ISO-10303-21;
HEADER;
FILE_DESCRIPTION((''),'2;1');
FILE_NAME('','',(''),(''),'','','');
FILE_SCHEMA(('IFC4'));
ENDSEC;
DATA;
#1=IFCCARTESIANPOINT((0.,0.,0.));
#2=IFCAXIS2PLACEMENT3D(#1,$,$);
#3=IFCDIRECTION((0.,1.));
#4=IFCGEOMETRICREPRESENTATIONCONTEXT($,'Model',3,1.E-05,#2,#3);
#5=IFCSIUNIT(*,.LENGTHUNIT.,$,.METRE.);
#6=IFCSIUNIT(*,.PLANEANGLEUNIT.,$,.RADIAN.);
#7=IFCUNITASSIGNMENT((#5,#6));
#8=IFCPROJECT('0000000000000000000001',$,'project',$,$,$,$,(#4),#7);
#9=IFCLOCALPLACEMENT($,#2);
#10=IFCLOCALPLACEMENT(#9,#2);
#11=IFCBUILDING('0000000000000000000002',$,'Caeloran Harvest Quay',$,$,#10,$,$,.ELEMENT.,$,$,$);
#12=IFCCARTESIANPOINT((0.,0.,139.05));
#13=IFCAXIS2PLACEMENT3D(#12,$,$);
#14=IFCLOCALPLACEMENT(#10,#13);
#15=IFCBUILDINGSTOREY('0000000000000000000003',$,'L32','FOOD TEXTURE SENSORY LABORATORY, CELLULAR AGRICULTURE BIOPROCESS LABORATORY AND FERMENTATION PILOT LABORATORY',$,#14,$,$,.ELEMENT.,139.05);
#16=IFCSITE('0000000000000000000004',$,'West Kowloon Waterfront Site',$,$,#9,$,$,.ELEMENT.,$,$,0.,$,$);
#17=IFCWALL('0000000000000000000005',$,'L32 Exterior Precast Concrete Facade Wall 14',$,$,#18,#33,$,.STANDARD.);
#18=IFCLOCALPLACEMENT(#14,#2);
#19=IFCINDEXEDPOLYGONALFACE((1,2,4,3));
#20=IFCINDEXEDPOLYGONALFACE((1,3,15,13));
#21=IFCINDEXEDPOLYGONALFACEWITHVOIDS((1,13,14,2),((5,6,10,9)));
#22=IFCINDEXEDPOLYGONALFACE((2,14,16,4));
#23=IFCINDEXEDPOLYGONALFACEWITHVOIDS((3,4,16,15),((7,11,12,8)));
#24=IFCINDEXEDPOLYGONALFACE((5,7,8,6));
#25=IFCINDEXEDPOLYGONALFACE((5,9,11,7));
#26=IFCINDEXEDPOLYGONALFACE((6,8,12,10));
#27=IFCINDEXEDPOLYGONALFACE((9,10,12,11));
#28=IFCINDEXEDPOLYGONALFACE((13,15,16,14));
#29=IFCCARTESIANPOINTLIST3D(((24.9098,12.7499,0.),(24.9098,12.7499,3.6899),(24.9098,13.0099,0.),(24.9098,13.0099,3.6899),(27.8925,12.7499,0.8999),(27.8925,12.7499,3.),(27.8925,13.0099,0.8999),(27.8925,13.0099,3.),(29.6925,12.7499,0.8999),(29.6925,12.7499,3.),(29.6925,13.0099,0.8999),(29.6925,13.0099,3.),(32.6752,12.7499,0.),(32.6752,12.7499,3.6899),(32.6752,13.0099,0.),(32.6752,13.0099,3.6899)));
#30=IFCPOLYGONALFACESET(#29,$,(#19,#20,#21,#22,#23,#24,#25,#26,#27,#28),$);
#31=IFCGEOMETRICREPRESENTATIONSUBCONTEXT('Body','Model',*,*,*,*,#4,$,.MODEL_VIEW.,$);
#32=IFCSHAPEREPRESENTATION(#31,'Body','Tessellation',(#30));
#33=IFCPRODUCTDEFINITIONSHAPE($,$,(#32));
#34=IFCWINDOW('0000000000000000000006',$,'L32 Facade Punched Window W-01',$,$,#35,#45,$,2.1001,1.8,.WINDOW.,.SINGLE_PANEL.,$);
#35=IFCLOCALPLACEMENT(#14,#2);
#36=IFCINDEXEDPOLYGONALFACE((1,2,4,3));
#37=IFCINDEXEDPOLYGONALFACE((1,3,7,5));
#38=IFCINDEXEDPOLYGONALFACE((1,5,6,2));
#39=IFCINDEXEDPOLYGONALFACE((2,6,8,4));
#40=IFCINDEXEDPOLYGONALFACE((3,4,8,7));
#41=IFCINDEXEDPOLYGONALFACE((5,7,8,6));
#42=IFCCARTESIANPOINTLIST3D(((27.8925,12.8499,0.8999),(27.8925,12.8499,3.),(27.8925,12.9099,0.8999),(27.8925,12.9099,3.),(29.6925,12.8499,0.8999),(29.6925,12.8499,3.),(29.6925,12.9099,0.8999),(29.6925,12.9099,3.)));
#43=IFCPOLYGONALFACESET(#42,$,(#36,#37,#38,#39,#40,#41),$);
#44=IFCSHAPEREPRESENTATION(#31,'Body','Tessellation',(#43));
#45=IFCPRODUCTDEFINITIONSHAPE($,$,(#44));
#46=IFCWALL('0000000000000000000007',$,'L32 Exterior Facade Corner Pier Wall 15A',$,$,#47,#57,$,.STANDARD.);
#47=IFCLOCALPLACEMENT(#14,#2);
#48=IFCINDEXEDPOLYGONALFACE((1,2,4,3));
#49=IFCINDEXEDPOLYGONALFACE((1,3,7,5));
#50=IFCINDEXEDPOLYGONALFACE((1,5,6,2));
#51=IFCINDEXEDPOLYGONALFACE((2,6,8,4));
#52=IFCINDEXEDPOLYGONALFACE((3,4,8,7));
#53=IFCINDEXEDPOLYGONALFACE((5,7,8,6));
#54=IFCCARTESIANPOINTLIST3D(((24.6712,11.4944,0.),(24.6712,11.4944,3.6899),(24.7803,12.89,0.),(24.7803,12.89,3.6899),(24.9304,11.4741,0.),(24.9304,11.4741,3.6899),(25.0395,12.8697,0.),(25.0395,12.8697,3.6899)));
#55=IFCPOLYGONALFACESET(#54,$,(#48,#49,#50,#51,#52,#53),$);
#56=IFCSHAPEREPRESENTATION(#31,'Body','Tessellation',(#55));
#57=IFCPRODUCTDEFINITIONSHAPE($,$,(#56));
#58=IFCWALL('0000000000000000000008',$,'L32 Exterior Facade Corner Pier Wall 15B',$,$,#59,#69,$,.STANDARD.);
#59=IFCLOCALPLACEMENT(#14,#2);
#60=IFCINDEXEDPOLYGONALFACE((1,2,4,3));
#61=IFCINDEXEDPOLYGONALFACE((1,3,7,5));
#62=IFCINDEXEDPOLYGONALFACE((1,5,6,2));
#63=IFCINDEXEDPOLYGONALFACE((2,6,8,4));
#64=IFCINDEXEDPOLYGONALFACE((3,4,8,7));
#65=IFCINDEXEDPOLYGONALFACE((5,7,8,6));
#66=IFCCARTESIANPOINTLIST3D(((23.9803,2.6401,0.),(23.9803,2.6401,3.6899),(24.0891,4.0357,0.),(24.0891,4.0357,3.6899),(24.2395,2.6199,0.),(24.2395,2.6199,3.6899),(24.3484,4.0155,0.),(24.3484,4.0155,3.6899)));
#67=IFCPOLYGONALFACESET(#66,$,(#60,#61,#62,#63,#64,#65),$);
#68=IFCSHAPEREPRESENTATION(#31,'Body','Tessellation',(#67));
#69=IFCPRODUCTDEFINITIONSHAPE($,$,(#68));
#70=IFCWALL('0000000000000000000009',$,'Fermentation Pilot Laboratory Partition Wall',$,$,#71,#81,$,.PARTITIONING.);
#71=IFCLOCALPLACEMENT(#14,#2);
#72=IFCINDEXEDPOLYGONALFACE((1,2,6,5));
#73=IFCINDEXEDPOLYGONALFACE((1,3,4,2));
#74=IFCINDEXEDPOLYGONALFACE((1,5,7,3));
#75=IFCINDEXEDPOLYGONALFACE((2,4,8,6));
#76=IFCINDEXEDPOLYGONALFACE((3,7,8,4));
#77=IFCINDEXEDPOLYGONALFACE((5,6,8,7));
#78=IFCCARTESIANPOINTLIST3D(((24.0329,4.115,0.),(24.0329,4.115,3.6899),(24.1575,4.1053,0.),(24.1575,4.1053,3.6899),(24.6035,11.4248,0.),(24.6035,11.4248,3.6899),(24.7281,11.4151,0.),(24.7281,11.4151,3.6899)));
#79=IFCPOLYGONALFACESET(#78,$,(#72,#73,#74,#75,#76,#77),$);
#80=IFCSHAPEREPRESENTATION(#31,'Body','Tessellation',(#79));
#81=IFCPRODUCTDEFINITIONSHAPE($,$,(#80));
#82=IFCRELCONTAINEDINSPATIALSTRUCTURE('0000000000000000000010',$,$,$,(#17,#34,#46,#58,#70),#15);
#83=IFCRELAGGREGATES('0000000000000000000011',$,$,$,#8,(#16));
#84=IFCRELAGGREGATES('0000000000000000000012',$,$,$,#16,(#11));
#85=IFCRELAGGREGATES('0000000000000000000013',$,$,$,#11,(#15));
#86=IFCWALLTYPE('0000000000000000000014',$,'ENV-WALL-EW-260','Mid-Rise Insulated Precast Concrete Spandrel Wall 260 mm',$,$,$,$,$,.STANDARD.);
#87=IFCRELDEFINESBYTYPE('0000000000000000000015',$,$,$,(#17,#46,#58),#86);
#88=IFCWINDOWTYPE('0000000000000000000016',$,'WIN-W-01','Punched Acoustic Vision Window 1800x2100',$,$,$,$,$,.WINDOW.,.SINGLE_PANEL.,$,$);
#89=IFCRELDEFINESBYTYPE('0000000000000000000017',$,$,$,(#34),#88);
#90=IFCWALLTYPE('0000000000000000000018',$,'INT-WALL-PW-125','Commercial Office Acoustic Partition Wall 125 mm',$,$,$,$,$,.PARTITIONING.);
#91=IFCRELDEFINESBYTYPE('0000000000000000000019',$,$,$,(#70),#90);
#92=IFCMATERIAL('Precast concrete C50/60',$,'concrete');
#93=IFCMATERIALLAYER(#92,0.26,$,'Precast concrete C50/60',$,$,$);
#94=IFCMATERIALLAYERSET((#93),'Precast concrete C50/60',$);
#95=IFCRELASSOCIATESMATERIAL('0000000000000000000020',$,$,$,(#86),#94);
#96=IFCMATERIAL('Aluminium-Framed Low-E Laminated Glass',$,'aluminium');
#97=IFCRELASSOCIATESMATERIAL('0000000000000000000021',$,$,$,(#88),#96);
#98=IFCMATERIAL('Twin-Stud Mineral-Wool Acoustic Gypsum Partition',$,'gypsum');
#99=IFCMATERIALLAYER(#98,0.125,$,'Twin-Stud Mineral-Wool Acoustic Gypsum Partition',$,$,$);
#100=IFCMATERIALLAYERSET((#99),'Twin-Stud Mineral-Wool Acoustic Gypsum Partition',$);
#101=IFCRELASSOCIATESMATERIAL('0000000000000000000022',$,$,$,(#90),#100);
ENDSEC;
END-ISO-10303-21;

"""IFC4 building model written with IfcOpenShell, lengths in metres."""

from ifc_helpers import new_model, si_unit, direction, frame, frame_2d, origin, place, context, subcontext, project, spatial, rectangle, extrude, material, layer, layer_set, type_object, element, fill, save


model = new_model("IFC4")

# Units and contexts
model_context = context("Model", 3, precision=1e-05, world=origin(), true_north=direction((0.0, 1.0)))
body_context = subcontext(model_context, "Body", "Model", "MODEL_VIEW")
ifc_project = project(units=[si_unit("LENGTHUNIT", "METRE"), si_unit("PLANEANGLEUNIT", "RADIAN")], contexts=[model_context])

# Site, building, storey
site_placement = place(None, origin())
site = spatial("IfcSite", under=ifc_project, at=site_placement, Name="West Kowloon Waterfront Site", CompositionType="ELEMENT", RefElevation=0.0)
building_placement = place(site_placement, origin())
building = spatial("IfcBuilding", under=site, at=building_placement, Name="Caeloran Harvest Quay", CompositionType="ELEMENT")
storey_placement = place(building_placement, frame((0.0, 0.0, 139.05)))
storey = spatial("IfcBuildingStorey", under=building, at=storey_placement, Name="L32", Description="FOOD TEXTURE SENSORY LABORATORY, CELLULAR AGRICULTURE BIOPROCESS LABORATORY AND FERMENTATION PILOT LABORATORY", CompositionType="ELEMENT", Elevation=139.05)

# Wall, opening, window
ifc_material_1 = material(Name="Precast concrete C50/60", Category="concrete")
ifc_layer_1 = layer(ifc_material_1, 0.26, Name="Precast concrete C50/60")
ifc_layer_set_1 = layer_set([ifc_layer_1], Name="Precast concrete C50/60")
wall_type_1 = type_object("IfcWallType", Name="ENV-WALL-EW-260", Description="Mid-Rise Insulated Precast Concrete Spandrel Wall 260 mm", PredefinedType="STANDARD", material=ifc_layer_set_1)
wall_1_placement = place(storey_placement, frame((32.6753, 12.8799, 0.0), z_axis=(0.0, 0.0, 1.0), x_axis=(-1.0, 0.0, 0.0)))
wall_1 = element("IfcWall", 1, at=wall_1_placement, inside=storey, type_object=wall_type_1, Name="L32 Exterior Precast Concrete Facade Wall 14", PredefinedType="STANDARD", context=body_context, shape_type="SweptSolid", body=[
    extrude(rectangle(XDim=7.7654, YDim=0.26, at=frame_2d((3.8828, 0.0))), origin(), (0.0, 0.0, 1.0), 3.6899),
])
opening_placement = place(wall_1_placement, frame((2.9829, 0.0, 0.8999)))
opening = element("IfcOpeningElement", 2, at=opening_placement, cuts=wall_1, PredefinedType="OPENING", context=body_context, shape_type="SweptSolid", body=[
    extrude(rectangle(XDim=1.8, YDim=2.1001, at=frame_2d((0.8999, 1.05))), frame((0.0, 0.1401, 0.0), z_axis=(0.0, -1.0, 0.0), x_axis=(1.0, 0.0, 0.0)), (0.0, 0.0, 1.0), 0.28),
])
ifc_material_2 = material(Name="Aluminium-Framed Low-E Laminated Glass", Category="aluminium")
window_type = type_object("IfcWindowType", Name="WIN-W-01", Description="Punched Acoustic Vision Window 1800x2100", PartitioningType="SINGLE_PANEL", PredefinedType="WINDOW", material=ifc_material_2)
window_placement = place(opening_placement, origin())
window = element("IfcWindow", 3, at=window_placement, inside=storey, type_object=window_type, Name="L32 Facade Punched Window W-01", OverallHeight=2.1001, OverallWidth=1.8, PartitioningType="SINGLE_PANEL", PredefinedType="WINDOW", context=body_context, shape_type="SweptSolid", body=[
    extrude(rectangle(XDim=1.8, YDim=2.1001, at=frame_2d((0.8999, 1.05))), frame((0.0, 0.03, 0.0), z_axis=(0.0, -1.0, 0.0), x_axis=(1.0, 0.0, 0.0)), (0.0, 0.0, 1.0), 0.0601),
])
fill(opening, window)

# Walls
for number, where, z_axis, x_axis, name in (
    (4, (24.9099, 12.8799, 0.0), (0.0, 0.0, 1.0), (-0.07795, -0.996957, 0.0), "L32 Exterior Facade Corner Pier Wall 15A"),
    (5, (24.2188, 4.0256, 0.0), (0.0, 0.0, 1.0), (-0.077777, -0.996971, 0.0), "L32 Exterior Facade Corner Pier Wall 15B"),
):
    element("IfcWall", number, at=place(storey_placement, frame(where, z_axis=z_axis, x_axis=x_axis)), inside=storey, type_object=wall_type_1, Name=name, PredefinedType="STANDARD", context=body_context, shape_type="SweptSolid", body=[
        extrude(rectangle(XDim=1.3999, YDim=0.26, at=frame_2d((0.7, 0.0))), origin(), (0.0, 0.0, 1.0), 3.6899),
    ])
ifc_material_3 = material(Name="Twin-Stud Mineral-Wool Acoustic Gypsum Partition", Category="gypsum")
ifc_layer_2 = layer(ifc_material_3, 0.125, Name="Twin-Stud Mineral-Wool Acoustic Gypsum Partition")
ifc_layer_set_2 = layer_set([ifc_layer_2], Name="Twin-Stud Mineral-Wool Acoustic Gypsum Partition")
wall_type_2 = type_object("IfcWallType", Name="INT-WALL-PW-125", Description="Commercial Office Acoustic Partition Wall 125 mm", PredefinedType="PARTITIONING", material=ifc_layer_set_2)
wall_2_placement = place(storey_placement, frame((24.6658, 11.4199, 0.0), z_axis=(0.0, 0.0, 1.0), x_axis=(-0.077817, -0.996968, 0.0)))
element("IfcWall", 6, at=wall_2_placement, inside=storey, type_object=wall_type_2, Name="Fermentation Pilot Laboratory Partition Wall", PredefinedType="PARTITIONING", context=body_context, shape_type="SweptSolid", body=[
    extrude(rectangle(XDim=7.332, YDim=0.125, at=frame_2d((3.666, 0.0))), origin(), (0.0, 0.0, 1.0), 3.6899),
])

save(model, "model.ifc")
